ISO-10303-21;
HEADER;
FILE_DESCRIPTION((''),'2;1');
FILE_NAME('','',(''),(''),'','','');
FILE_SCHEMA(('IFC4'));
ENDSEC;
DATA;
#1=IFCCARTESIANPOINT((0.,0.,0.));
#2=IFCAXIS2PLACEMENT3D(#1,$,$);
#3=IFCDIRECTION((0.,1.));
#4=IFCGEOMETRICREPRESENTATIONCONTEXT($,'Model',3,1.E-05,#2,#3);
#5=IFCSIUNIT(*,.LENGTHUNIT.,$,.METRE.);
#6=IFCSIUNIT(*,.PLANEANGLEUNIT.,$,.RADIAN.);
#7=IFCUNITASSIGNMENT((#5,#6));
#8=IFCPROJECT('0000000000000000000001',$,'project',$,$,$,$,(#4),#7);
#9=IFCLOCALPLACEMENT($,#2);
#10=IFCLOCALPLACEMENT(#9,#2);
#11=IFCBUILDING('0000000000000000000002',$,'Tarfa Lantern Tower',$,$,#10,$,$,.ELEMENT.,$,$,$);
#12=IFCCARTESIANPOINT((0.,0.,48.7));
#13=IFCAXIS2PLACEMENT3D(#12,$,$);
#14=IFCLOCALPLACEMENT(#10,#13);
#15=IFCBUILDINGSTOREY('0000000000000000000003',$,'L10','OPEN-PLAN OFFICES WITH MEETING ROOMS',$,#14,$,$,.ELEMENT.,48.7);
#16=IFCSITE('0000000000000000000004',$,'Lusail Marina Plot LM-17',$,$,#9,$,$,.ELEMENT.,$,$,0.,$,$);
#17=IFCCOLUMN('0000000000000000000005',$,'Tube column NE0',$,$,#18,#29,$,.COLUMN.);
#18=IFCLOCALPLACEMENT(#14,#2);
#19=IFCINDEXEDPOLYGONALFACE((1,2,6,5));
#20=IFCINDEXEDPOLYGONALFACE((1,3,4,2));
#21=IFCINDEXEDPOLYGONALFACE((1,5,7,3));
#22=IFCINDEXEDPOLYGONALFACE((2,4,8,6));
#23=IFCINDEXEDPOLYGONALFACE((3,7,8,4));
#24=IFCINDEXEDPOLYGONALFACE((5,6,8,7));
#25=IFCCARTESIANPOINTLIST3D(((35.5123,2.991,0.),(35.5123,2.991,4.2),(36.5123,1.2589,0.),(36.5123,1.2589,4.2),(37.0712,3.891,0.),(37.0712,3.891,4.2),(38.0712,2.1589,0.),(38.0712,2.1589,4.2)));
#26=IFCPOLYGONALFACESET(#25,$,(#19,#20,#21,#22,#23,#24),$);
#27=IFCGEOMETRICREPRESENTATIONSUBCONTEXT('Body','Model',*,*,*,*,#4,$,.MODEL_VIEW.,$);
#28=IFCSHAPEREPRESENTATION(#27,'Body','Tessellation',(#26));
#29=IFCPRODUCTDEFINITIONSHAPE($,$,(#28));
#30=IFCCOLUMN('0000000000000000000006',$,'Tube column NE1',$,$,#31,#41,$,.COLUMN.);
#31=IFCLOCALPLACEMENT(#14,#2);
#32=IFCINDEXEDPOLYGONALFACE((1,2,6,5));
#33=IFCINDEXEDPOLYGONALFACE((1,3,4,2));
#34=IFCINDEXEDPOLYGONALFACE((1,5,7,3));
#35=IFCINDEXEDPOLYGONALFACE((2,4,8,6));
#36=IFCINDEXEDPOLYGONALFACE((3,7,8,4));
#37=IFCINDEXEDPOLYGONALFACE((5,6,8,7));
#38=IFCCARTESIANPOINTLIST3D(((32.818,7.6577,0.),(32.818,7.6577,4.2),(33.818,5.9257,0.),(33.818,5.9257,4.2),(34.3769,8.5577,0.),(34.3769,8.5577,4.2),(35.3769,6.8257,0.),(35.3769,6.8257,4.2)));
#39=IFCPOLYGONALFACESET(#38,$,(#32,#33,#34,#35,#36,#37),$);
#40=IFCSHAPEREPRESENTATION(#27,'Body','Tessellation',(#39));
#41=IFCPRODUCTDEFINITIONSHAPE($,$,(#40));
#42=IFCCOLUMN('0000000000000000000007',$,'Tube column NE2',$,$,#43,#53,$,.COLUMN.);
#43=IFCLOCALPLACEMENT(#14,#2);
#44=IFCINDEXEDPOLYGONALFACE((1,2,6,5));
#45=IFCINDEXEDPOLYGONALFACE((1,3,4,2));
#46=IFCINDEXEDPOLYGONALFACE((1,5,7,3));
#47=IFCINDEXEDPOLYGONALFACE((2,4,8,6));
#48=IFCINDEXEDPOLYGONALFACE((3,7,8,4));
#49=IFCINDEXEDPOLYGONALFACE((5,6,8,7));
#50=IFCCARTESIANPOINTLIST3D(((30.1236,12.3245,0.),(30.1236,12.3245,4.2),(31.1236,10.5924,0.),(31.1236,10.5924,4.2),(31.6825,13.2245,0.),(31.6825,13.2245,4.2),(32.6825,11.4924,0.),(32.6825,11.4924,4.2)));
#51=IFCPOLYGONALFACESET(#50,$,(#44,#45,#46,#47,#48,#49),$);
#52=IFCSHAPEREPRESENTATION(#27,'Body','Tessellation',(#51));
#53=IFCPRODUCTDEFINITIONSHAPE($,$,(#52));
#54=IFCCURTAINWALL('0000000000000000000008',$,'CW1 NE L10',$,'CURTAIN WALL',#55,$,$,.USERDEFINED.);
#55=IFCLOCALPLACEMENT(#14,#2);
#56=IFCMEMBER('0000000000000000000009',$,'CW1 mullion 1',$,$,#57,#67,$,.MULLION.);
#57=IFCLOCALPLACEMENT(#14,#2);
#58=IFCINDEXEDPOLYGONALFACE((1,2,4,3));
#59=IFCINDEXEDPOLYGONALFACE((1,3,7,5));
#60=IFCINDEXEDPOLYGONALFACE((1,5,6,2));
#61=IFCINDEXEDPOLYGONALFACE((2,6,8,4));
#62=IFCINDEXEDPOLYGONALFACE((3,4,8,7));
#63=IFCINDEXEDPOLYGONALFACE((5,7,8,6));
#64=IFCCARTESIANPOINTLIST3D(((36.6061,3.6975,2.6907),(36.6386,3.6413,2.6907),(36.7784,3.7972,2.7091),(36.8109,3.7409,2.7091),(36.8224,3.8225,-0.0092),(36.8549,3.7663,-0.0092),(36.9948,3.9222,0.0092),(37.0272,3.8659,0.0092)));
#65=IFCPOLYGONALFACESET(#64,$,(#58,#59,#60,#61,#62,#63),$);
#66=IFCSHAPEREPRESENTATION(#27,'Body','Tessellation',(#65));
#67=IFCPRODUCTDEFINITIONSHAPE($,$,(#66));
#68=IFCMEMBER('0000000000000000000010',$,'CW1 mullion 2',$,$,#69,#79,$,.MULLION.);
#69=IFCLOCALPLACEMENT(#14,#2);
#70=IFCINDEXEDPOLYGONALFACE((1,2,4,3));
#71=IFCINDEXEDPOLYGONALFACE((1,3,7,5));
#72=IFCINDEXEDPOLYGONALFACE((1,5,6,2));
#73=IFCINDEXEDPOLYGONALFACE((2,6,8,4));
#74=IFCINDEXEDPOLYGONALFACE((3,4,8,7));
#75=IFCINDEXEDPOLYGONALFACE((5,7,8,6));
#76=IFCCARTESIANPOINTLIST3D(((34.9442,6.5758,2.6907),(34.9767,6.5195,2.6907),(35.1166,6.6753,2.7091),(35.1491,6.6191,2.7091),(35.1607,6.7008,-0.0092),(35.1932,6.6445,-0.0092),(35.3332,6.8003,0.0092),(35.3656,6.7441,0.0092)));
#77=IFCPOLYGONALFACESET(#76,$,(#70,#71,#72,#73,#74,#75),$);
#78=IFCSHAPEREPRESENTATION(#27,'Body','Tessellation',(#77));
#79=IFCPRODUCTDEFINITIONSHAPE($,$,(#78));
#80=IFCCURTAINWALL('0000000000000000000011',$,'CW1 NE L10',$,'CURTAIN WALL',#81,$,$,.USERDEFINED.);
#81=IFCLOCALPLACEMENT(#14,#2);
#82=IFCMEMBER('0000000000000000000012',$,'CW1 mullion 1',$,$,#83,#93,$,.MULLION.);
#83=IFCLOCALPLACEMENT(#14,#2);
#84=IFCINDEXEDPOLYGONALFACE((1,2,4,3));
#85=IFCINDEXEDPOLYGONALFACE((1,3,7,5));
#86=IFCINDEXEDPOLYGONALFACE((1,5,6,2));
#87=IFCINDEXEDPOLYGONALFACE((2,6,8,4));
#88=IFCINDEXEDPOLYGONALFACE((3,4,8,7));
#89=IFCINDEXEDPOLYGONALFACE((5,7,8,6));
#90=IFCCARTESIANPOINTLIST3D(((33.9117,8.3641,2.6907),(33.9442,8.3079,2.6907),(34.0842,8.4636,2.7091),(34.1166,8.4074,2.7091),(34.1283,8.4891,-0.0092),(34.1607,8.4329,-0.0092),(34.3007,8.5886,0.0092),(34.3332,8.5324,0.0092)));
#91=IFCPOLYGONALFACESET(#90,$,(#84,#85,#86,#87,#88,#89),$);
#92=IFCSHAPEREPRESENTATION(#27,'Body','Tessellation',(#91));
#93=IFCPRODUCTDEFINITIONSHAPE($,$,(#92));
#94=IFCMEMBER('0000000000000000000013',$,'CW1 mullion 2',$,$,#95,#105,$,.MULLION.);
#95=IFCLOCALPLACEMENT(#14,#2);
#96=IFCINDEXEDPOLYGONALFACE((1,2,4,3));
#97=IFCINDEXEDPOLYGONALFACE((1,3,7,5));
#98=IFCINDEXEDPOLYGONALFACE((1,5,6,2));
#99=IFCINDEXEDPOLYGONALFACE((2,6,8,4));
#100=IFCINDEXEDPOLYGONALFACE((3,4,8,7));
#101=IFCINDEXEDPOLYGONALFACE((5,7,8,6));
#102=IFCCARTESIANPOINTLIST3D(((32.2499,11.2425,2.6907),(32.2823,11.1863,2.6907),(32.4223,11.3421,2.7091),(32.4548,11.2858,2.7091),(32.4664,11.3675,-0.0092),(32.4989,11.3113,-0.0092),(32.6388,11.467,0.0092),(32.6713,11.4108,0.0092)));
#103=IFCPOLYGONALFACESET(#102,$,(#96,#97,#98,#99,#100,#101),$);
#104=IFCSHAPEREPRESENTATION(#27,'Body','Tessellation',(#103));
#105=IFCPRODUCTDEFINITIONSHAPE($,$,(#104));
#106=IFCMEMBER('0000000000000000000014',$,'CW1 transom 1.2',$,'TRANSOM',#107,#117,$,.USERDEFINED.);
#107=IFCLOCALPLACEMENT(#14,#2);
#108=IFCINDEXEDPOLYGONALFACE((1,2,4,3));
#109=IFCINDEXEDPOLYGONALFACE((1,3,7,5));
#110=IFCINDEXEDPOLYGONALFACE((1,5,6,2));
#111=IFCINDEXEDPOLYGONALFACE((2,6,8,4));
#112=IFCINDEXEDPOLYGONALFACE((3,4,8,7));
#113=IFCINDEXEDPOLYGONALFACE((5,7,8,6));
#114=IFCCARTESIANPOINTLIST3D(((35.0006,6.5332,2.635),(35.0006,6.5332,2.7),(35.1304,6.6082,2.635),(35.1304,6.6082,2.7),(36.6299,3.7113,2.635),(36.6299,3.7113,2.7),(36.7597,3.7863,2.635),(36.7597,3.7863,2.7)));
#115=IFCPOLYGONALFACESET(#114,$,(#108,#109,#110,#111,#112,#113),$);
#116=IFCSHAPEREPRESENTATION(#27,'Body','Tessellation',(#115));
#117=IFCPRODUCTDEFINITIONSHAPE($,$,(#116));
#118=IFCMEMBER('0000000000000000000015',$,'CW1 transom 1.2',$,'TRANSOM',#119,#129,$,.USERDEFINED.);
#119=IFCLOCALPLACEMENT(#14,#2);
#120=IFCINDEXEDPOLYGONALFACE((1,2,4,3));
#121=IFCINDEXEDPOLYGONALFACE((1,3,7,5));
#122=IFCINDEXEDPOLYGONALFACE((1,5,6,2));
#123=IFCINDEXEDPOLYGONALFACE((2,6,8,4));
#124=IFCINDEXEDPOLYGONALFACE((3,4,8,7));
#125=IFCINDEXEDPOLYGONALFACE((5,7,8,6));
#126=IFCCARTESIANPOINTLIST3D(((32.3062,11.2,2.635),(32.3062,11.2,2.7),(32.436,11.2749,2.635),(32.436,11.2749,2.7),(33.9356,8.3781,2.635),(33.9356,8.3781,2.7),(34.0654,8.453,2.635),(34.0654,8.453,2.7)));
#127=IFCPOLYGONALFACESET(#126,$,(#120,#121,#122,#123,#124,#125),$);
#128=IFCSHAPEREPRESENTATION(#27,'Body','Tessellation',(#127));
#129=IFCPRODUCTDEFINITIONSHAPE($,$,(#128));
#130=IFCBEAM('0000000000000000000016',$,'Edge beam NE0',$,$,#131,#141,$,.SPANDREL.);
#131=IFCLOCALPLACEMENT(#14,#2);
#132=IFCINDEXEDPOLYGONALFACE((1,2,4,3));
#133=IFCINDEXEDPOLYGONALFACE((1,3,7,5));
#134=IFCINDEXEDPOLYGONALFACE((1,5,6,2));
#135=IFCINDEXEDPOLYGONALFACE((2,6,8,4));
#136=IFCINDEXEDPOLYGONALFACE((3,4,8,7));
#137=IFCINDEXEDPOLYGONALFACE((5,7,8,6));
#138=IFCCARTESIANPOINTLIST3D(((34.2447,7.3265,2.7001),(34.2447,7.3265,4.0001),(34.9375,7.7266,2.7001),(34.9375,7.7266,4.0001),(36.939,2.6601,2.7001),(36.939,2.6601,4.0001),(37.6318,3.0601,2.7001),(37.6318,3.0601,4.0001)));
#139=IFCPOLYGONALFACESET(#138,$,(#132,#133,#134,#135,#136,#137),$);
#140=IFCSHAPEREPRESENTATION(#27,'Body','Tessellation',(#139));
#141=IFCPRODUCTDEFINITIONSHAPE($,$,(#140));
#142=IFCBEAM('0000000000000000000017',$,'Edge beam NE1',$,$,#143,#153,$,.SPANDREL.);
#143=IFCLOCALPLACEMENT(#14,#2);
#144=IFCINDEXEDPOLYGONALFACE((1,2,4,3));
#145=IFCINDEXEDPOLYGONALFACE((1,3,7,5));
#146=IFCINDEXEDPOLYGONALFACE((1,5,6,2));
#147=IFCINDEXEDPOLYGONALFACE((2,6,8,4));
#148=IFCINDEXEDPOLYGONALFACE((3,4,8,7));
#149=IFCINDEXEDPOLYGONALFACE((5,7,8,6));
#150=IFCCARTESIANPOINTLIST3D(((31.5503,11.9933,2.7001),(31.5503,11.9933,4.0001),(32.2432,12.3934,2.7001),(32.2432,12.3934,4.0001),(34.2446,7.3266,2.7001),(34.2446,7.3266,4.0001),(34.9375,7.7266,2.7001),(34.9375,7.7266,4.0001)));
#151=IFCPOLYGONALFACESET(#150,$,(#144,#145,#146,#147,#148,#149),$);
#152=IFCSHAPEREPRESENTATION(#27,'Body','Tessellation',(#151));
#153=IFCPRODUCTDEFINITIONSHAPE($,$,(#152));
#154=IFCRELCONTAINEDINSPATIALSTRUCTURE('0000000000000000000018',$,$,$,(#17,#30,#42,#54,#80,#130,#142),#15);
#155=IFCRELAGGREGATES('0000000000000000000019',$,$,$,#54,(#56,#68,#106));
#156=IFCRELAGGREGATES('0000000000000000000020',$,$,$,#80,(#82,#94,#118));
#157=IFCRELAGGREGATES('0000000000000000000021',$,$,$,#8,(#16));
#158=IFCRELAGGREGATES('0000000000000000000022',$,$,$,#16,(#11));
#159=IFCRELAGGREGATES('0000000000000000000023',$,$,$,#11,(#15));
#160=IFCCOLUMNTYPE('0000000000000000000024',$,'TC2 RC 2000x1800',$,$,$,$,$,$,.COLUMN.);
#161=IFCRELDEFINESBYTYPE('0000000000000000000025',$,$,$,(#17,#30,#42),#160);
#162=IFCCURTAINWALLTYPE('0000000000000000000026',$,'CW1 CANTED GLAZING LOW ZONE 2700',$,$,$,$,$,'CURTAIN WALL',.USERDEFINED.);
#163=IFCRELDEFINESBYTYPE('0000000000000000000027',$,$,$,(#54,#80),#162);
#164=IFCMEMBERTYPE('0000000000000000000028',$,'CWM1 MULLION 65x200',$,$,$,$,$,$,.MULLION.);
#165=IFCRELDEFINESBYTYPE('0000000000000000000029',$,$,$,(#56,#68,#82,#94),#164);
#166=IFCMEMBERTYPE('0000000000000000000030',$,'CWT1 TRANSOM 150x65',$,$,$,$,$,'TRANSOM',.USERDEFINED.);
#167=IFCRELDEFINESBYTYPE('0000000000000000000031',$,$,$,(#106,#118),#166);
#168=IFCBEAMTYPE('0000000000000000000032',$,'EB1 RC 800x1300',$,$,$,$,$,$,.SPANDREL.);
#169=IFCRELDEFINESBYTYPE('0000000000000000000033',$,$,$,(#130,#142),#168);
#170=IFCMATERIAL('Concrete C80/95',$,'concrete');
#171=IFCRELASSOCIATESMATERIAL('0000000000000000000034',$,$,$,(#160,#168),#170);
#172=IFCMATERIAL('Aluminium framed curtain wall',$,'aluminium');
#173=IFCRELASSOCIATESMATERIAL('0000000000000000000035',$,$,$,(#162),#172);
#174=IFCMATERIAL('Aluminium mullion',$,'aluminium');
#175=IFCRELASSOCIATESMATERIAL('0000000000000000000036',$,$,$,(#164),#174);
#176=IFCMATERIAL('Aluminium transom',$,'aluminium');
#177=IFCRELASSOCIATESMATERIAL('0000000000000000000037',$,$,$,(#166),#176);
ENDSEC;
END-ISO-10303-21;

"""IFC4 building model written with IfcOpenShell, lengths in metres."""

from ifc_helpers import new_model, si_unit, direction, frame, origin, origin_2d, place, context, subcontext, project, spatial, rectangle, extrude, material, material_profile, profile_set, type_object, element, aggregate, save


model = new_model("IFC4")

# Units and contexts
model_context = context("Model", 3, precision=1e-05, world=origin(), true_north=direction((0.0, 1.0)))
body_context = subcontext(model_context, "Body", "Model", "MODEL_VIEW")
ifc_project = project(units=[si_unit("LENGTHUNIT", "METRE"), si_unit("PLANEANGLEUNIT", "RADIAN")], contexts=[model_context])

# Site, building, storey
site_placement = place(None, origin())
site = spatial("IfcSite", under=ifc_project, at=site_placement, Name="Lusail Marina Plot LM-17", CompositionType="ELEMENT", RefElevation=0.0)
building_placement = place(site_placement, origin())
building = spatial("IfcBuilding", under=site, at=building_placement, Name="Tarfa Lantern Tower", CompositionType="ELEMENT")
storey_placement = place(building_placement, frame((0.0, 0.0, 48.7)))
storey = spatial("IfcBuildingStorey", under=building, at=storey_placement, Name="L10", Description="OPEN-PLAN OFFICES WITH MEETING ROOMS", CompositionType="ELEMENT", Elevation=48.7)

# Columns
ifc_material_1 = material(Name="Concrete C80/95", Category="concrete")
ifc_material_profile_1 = material_profile(ifc_material_1, rectangle(XDim=2.0, YDim=1.8, at=origin_2d()), Name="RC 2000x1800")
ifc_profile_set_1 = profile_set([ifc_material_profile_1], Name="Concrete C80/95")
column_type = type_object("IfcColumnType", Name="TC2 RC 2000x1800", PredefinedType="COLUMN", material=ifc_profile_set_1)
for number, where, z_axis, x_axis, name in (
    (1, (36.7917, 2.575, 0.0), (0.0, 0.0, 1.0), (-0.5, 0.866025, 0.0), "Tube column NE0"),
    (2, (34.0974, 7.2417, 0.0), (0.0, 0.0, 1.0), (-0.5, 0.866025, 0.0), "Tube column NE1"),
    (3, (31.4031, 11.9084, 0.0), (0.0, 0.0, 1.0), (-0.5, 0.866025, 0.0), "Tube column NE2"),
):
    element("IfcColumn", number, at=place(storey_placement, frame(where, z_axis=z_axis, x_axis=x_axis)), inside=storey, type_object=column_type, Name=name, PredefinedType="COLUMN", context=body_context, shape_type="SweptSolid", body=[
        extrude(rectangle(XDim=2.0, YDim=1.8, at=origin_2d()), origin(), (0.0, 0.0, 1.0), 4.2),
    ])

# Curtain walls, members
ifc_material_2 = material(Name="Aluminium framed curtain wall", Category="aluminium")
curtain_wall_type = type_object("IfcCurtainWallType", Name="CW1 CANTED GLAZING LOW ZONE 2700", ElementType="CURTAIN WALL", PredefinedType="USERDEFINED", material=ifc_material_2)
curtain_wall_1_placement = place(storey_placement, origin())
curtain_wall_1 = element("IfcCurtainWall", 4, at=curtain_wall_1_placement, inside=storey, type_object=curtain_wall_type, Name="CW1 NE L10", ObjectType="CURTAIN WALL", PredefinedType="USERDEFINED")
ifc_material_3 = material(Name="Aluminium mullion", Category="aluminium")
ifc_material_profile_2 = material_profile(ifc_material_3, rectangle(XDim=0.0649, YDim=0.2, at=origin_2d()), Name="AL MULLION 65x200")
ifc_profile_set_2 = profile_set([ifc_material_profile_2], Name="Aluminium mullion")
member_type_1 = type_object("IfcMemberType", Name="CWM1 MULLION 65x200", PredefinedType="MULLION", material=ifc_profile_set_2)
member_1_placement = place(storey_placement, frame((36.9248, 3.8442, 0.0), z_axis=(-0.079775, -0.0461, 0.995746), x_axis=(0.500343, -0.865827, 0.0)))
member_1 = element("IfcMember", 5, at=member_1_placement, type_object=member_type_1, Name="CW1 mullion 1", PredefinedType="MULLION", context=body_context, shape_type="SweptSolid", body=[
    extrude(rectangle(XDim=0.0649, YDim=0.2, at=origin_2d()), origin(), (0.0, 0.0, 1.0), 2.7114),
])
member_2_placement = place(storey_placement, frame((35.2632, 6.7224, 0.0), z_axis=(-0.079864, -0.0461, 0.995739), x_axis=(0.49992, -0.866072, 0.0)))
member_2 = element("IfcMember", 6, at=member_2_placement, type_object=member_type_1, Name="CW1 mullion 2", PredefinedType="MULLION", context=body_context, shape_type="SweptSolid", body=[
    extrude(rectangle(XDim=0.0649, YDim=0.2, at=origin_2d()), origin(), (0.0, 0.0, 1.0), 2.7114),
])
curtain_wall_2_placement = place(storey_placement, origin())
curtain_wall_2 = element("IfcCurtainWall", 7, at=curtain_wall_2_placement, inside=storey, type_object=curtain_wall_type, Name="CW1 NE L10", ObjectType="CURTAIN WALL", PredefinedType="USERDEFINED")
member_3_placement = place(storey_placement, frame((34.2307, 8.5107, 0.0), z_axis=(-0.079864, -0.0461, 0.995739), x_axis=(0.49992, -0.866072, 0.0)))
member_3 = element("IfcMember", 8, at=member_3_placement, type_object=member_type_1, Name="CW1 mullion 1", PredefinedType="MULLION", context=body_context, shape_type="SweptSolid", body=[
    extrude(rectangle(XDim=0.0649, YDim=0.2, at=origin_2d()), origin(), (0.0, 0.0, 1.0), 2.7114),
])
member_4_placement = place(storey_placement, frame((32.5688, 11.3892, 0.0), z_axis=(-0.079864, -0.0461, 0.995739), x_axis=(0.49992, -0.866072, 0.0)))
member_4 = element("IfcMember", 9, at=member_4_placement, type_object=member_type_1, Name="CW1 mullion 2", PredefinedType="MULLION", context=body_context, shape_type="SweptSolid", body=[
    extrude(rectangle(XDim=0.0649, YDim=0.2, at=origin_2d()), origin(), (0.0, 0.0, 1.0), 2.7114),
])

# Members
ifc_material_4 = material(Name="Aluminium transom", Category="aluminium")
ifc_material_profile_3 = material_profile(ifc_material_4, rectangle(XDim=0.1499, YDim=0.0649, at=origin_2d()), Name="AL TRANSOM 150x65")
ifc_profile_set_3 = profile_set([ifc_material_profile_3], Name="Aluminium transom")
member_type_2 = type_object("IfcMemberType", Name="CWT1 TRANSOM 150x65", ElementType="TRANSOM", PredefinedType="USERDEFINED", material=ifc_profile_set_3)
member_5_placement = place(storey_placement, frame((36.6948, 3.7488, 2.6675), z_axis=(-0.500023, 0.866012, 0.0), x_axis=(-0.866012, -0.500023, 0.0)))
member_5 = element("IfcMember", 10, at=member_5_placement, type_object=member_type_2, Name="CW1 transom 1.2", ObjectType="TRANSOM", PredefinedType="USERDEFINED", context=body_context, shape_type="SweptSolid", body=[
    extrude(rectangle(XDim=0.1499, YDim=0.0649, at=origin_2d()), origin(), (0.0, 0.0, 1.0), 3.2585),
])
member_6_placement = place(storey_placement, frame((34.0005, 8.4155, 2.6675), z_axis=(-0.500023, 0.866012, 0.0), x_axis=(-0.866012, -0.500023, 0.0)))
member_6 = element("IfcMember", 11, at=member_6_placement, type_object=member_type_2, Name="CW1 transom 1.2", ObjectType="TRANSOM", PredefinedType="USERDEFINED", context=body_context, shape_type="SweptSolid", body=[
    extrude(rectangle(XDim=0.1499, YDim=0.0649, at=origin_2d()), origin(), (0.0, 0.0, 1.0), 3.2585),
])

# Beams
ifc_material_profile_4 = material_profile(ifc_material_1, rectangle(XDim=0.8, YDim=1.3, at=origin_2d()), Name="RC 800x1300")
ifc_profile_set_4 = profile_set([ifc_material_profile_4], Name="Concrete C80/95")
beam_type_1 = type_object("IfcBeamType", Name="EB1 RC 800x1300", PredefinedType="SPANDREL", material=ifc_profile_set_4)
beam_1_placement = place(storey_placement, frame((37.2854, 2.8601, 3.3501), z_axis=(-0.500018, 0.866015, 0.0), x_axis=(-0.866015, -0.500018, 0.0)))
element("IfcBeam", 12, at=beam_1_placement, inside=storey, type_object=beam_type_1, Name="Edge beam NE0", PredefinedType="SPANDREL", context=body_context, shape_type="SweptSolid", body=[
    extrude(rectangle(XDim=0.8, YDim=1.3, at=origin_2d()), origin(), (0.0, 0.0, 1.0), 5.3884),
])
beam_2_placement = place(storey_placement, frame((34.5911, 7.5266, 3.3501), z_axis=(-0.499998, 0.866026, 0.0), x_axis=(-0.866026, -0.499998, 0.0)))
element("IfcBeam", 13, at=beam_2_placement, inside=storey, type_object=beam_type_1, Name="Edge beam NE1", PredefinedType="SPANDREL", context=body_context, shape_type="SweptSolid", body=[
    extrude(rectangle(XDim=0.8, YDim=1.3, at=origin_2d()), origin(), (0.0, 0.0, 1.0), 5.3887),
])

aggregate(curtain_wall_1, [member_1, member_2, member_5])
aggregate(curtain_wall_2, [member_3, member_4, member_6])

save(model, "model.ifc")
